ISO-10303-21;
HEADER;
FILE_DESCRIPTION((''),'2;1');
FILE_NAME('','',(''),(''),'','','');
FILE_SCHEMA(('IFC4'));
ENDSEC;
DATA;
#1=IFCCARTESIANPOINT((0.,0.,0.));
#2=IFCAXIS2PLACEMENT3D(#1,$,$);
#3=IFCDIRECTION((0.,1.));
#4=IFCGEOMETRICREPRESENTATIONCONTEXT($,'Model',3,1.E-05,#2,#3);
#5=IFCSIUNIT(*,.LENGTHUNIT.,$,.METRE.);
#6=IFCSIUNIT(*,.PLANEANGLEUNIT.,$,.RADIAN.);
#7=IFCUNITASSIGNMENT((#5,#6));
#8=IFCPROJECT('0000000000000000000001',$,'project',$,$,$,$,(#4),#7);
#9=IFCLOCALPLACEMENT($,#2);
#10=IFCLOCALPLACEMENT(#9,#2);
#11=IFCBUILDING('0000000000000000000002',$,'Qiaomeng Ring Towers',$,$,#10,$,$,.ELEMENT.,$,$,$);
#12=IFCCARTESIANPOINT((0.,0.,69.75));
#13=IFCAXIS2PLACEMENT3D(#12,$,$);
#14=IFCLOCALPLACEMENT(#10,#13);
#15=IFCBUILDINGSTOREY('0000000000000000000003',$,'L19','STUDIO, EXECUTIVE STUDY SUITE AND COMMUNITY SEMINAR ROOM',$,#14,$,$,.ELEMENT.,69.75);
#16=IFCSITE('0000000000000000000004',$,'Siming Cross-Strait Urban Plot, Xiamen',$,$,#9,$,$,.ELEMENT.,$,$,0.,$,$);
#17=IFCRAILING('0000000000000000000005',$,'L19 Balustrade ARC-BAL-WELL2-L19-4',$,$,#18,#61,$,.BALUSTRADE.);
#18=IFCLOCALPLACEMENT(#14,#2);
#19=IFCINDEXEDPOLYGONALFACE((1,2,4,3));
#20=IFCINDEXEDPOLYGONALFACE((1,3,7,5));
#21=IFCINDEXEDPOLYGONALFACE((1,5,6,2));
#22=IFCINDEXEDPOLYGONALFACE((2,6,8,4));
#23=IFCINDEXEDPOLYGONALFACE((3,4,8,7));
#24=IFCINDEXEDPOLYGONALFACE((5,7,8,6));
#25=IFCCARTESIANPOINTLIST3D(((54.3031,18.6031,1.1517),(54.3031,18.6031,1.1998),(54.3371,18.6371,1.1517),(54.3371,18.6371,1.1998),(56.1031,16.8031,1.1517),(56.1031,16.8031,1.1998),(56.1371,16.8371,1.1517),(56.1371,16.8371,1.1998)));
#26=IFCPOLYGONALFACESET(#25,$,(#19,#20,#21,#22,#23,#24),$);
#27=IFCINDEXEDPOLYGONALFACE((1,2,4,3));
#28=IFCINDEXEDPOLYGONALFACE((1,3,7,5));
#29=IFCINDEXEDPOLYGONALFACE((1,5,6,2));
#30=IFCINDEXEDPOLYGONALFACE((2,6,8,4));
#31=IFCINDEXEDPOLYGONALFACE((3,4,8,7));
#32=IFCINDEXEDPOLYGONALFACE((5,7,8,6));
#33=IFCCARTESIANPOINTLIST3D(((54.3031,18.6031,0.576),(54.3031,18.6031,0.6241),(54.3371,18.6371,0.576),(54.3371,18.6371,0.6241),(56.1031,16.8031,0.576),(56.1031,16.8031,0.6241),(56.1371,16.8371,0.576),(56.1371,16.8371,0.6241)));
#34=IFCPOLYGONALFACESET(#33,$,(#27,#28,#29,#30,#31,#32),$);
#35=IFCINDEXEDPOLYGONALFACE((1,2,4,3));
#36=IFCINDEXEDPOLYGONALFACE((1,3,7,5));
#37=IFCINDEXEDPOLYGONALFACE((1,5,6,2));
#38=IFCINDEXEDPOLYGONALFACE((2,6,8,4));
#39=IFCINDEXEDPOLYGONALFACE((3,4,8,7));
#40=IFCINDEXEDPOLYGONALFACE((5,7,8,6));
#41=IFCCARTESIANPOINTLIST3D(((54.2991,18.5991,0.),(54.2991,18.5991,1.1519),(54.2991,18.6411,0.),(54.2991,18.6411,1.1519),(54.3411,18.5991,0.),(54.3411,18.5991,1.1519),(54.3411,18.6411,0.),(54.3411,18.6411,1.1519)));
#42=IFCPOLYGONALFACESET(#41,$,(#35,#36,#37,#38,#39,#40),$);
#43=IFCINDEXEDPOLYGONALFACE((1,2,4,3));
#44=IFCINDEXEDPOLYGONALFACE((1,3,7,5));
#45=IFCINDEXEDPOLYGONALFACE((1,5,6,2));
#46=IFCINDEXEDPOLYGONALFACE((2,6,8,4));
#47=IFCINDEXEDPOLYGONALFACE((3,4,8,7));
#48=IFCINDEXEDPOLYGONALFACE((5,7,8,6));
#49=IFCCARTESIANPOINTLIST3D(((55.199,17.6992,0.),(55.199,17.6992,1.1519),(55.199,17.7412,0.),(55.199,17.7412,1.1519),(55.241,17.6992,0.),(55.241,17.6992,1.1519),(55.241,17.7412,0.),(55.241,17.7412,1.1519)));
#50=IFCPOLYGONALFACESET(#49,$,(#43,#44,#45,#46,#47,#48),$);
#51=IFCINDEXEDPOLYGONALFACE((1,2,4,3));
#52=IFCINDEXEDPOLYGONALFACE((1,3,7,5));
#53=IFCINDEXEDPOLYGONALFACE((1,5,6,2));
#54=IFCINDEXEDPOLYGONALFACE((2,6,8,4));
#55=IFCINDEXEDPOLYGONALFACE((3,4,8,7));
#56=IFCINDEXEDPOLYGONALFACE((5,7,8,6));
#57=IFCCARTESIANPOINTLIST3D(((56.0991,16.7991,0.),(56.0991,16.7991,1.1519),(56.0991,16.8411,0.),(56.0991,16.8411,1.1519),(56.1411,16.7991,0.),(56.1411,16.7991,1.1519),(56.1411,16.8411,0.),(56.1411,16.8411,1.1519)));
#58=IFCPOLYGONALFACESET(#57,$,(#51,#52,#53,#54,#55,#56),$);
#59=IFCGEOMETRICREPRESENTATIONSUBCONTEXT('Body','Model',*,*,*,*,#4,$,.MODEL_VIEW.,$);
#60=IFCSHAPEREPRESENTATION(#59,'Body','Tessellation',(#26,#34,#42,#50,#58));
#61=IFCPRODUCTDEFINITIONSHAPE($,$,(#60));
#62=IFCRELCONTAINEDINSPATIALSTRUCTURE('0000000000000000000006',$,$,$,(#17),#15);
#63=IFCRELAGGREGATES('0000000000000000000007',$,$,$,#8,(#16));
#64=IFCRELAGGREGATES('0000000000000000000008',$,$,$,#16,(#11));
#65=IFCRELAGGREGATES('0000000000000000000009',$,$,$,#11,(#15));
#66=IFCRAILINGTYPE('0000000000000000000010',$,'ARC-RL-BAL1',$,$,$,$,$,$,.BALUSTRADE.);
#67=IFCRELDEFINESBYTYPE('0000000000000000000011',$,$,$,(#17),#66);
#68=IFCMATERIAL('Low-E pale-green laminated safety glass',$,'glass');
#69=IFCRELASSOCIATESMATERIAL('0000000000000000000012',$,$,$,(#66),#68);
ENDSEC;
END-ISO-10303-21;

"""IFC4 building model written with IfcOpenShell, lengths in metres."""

from ifc_helpers import new_model, si_unit, direction, frame, origin, origin_2d, place, context, subcontext, project, spatial, rectangle, extrude, material, type_object, element, save


model = new_model("IFC4")

# Units and contexts
model_context = context("Model", 3, precision=1e-05, world=origin(), true_north=direction((0.0, 1.0)))
body_context = subcontext(model_context, "Body", "Model", "MODEL_VIEW")
ifc_project = project(units=[si_unit("LENGTHUNIT", "METRE"), si_unit("PLANEANGLEUNIT", "RADIAN")], contexts=[model_context])

# Site, building, storey
site_placement = place(None, origin())
site = spatial("IfcSite", under=ifc_project, at=site_placement, Name="Siming Cross-Strait Urban Plot, Xiamen", CompositionType="ELEMENT", RefElevation=0.0)
building_placement = place(site_placement, origin())
building = spatial("IfcBuilding", under=site, at=building_placement, Name="Qiaomeng Ring Towers", CompositionType="ELEMENT")
storey_placement = place(building_placement, frame((0.0, 0.0, 69.75)))
storey = spatial("IfcBuildingStorey", under=building, at=storey_placement, Name="L19", Description="STUDIO, EXECUTIVE STUDY SUITE AND COMMUNITY SEMINAR ROOM", CompositionType="ELEMENT", Elevation=69.75)

# Railing
ifc_material_1 = material(Name="Low-E pale-green laminated safety glass", Category="glass")
railing_type = type_object("IfcRailingType", Name="ARC-RL-BAL1", PredefinedType="BALUSTRADE", material=ifc_material_1)
railing_1_placement = place(storey_placement, frame((54.3201, 18.6201, 0.0)))
element("IfcRailing", 1, at=railing_1_placement, inside=storey, type_object=railing_type, Name="L19 Balustrade ARC-BAL-WELL2-L19-4", PredefinedType="BALUSTRADE", context=body_context, shape_type="SweptSolid", body=[
    extrude(rectangle(XDim=0.0481, YDim=0.0481, at=origin_2d()), frame((0.0, 0.0, 1.1758), z_axis=(0.707107, -0.707107, 0.0), x_axis=(0.707107, 0.707107, 0.0)), (0.0, 0.0, 1.0), 2.5457),
    extrude(rectangle(XDim=0.0481, YDim=0.0481, at=origin_2d()), frame((0.0, 0.0, 0.6001), z_axis=(0.707107, -0.707107, 0.0), x_axis=(0.707107, 0.707107, 0.0)), (0.0, 0.0, 1.0), 2.5457),
    extrude(rectangle(XDim=0.042, YDim=0.042, at=origin_2d()), origin(), (0.0, 0.0, 1.0), 1.1519),
    extrude(rectangle(XDim=0.042, YDim=0.042, at=origin_2d()), frame((0.8999, -0.8999, 0.0)), (0.0, 0.0, 1.0), 1.1519),
    extrude(rectangle(XDim=0.042, YDim=0.042, at=origin_2d()), frame((1.8, -1.8, 0.0)), (0.0, 0.0, 1.0), 1.1519),
])

save(model, "model.ifc")
